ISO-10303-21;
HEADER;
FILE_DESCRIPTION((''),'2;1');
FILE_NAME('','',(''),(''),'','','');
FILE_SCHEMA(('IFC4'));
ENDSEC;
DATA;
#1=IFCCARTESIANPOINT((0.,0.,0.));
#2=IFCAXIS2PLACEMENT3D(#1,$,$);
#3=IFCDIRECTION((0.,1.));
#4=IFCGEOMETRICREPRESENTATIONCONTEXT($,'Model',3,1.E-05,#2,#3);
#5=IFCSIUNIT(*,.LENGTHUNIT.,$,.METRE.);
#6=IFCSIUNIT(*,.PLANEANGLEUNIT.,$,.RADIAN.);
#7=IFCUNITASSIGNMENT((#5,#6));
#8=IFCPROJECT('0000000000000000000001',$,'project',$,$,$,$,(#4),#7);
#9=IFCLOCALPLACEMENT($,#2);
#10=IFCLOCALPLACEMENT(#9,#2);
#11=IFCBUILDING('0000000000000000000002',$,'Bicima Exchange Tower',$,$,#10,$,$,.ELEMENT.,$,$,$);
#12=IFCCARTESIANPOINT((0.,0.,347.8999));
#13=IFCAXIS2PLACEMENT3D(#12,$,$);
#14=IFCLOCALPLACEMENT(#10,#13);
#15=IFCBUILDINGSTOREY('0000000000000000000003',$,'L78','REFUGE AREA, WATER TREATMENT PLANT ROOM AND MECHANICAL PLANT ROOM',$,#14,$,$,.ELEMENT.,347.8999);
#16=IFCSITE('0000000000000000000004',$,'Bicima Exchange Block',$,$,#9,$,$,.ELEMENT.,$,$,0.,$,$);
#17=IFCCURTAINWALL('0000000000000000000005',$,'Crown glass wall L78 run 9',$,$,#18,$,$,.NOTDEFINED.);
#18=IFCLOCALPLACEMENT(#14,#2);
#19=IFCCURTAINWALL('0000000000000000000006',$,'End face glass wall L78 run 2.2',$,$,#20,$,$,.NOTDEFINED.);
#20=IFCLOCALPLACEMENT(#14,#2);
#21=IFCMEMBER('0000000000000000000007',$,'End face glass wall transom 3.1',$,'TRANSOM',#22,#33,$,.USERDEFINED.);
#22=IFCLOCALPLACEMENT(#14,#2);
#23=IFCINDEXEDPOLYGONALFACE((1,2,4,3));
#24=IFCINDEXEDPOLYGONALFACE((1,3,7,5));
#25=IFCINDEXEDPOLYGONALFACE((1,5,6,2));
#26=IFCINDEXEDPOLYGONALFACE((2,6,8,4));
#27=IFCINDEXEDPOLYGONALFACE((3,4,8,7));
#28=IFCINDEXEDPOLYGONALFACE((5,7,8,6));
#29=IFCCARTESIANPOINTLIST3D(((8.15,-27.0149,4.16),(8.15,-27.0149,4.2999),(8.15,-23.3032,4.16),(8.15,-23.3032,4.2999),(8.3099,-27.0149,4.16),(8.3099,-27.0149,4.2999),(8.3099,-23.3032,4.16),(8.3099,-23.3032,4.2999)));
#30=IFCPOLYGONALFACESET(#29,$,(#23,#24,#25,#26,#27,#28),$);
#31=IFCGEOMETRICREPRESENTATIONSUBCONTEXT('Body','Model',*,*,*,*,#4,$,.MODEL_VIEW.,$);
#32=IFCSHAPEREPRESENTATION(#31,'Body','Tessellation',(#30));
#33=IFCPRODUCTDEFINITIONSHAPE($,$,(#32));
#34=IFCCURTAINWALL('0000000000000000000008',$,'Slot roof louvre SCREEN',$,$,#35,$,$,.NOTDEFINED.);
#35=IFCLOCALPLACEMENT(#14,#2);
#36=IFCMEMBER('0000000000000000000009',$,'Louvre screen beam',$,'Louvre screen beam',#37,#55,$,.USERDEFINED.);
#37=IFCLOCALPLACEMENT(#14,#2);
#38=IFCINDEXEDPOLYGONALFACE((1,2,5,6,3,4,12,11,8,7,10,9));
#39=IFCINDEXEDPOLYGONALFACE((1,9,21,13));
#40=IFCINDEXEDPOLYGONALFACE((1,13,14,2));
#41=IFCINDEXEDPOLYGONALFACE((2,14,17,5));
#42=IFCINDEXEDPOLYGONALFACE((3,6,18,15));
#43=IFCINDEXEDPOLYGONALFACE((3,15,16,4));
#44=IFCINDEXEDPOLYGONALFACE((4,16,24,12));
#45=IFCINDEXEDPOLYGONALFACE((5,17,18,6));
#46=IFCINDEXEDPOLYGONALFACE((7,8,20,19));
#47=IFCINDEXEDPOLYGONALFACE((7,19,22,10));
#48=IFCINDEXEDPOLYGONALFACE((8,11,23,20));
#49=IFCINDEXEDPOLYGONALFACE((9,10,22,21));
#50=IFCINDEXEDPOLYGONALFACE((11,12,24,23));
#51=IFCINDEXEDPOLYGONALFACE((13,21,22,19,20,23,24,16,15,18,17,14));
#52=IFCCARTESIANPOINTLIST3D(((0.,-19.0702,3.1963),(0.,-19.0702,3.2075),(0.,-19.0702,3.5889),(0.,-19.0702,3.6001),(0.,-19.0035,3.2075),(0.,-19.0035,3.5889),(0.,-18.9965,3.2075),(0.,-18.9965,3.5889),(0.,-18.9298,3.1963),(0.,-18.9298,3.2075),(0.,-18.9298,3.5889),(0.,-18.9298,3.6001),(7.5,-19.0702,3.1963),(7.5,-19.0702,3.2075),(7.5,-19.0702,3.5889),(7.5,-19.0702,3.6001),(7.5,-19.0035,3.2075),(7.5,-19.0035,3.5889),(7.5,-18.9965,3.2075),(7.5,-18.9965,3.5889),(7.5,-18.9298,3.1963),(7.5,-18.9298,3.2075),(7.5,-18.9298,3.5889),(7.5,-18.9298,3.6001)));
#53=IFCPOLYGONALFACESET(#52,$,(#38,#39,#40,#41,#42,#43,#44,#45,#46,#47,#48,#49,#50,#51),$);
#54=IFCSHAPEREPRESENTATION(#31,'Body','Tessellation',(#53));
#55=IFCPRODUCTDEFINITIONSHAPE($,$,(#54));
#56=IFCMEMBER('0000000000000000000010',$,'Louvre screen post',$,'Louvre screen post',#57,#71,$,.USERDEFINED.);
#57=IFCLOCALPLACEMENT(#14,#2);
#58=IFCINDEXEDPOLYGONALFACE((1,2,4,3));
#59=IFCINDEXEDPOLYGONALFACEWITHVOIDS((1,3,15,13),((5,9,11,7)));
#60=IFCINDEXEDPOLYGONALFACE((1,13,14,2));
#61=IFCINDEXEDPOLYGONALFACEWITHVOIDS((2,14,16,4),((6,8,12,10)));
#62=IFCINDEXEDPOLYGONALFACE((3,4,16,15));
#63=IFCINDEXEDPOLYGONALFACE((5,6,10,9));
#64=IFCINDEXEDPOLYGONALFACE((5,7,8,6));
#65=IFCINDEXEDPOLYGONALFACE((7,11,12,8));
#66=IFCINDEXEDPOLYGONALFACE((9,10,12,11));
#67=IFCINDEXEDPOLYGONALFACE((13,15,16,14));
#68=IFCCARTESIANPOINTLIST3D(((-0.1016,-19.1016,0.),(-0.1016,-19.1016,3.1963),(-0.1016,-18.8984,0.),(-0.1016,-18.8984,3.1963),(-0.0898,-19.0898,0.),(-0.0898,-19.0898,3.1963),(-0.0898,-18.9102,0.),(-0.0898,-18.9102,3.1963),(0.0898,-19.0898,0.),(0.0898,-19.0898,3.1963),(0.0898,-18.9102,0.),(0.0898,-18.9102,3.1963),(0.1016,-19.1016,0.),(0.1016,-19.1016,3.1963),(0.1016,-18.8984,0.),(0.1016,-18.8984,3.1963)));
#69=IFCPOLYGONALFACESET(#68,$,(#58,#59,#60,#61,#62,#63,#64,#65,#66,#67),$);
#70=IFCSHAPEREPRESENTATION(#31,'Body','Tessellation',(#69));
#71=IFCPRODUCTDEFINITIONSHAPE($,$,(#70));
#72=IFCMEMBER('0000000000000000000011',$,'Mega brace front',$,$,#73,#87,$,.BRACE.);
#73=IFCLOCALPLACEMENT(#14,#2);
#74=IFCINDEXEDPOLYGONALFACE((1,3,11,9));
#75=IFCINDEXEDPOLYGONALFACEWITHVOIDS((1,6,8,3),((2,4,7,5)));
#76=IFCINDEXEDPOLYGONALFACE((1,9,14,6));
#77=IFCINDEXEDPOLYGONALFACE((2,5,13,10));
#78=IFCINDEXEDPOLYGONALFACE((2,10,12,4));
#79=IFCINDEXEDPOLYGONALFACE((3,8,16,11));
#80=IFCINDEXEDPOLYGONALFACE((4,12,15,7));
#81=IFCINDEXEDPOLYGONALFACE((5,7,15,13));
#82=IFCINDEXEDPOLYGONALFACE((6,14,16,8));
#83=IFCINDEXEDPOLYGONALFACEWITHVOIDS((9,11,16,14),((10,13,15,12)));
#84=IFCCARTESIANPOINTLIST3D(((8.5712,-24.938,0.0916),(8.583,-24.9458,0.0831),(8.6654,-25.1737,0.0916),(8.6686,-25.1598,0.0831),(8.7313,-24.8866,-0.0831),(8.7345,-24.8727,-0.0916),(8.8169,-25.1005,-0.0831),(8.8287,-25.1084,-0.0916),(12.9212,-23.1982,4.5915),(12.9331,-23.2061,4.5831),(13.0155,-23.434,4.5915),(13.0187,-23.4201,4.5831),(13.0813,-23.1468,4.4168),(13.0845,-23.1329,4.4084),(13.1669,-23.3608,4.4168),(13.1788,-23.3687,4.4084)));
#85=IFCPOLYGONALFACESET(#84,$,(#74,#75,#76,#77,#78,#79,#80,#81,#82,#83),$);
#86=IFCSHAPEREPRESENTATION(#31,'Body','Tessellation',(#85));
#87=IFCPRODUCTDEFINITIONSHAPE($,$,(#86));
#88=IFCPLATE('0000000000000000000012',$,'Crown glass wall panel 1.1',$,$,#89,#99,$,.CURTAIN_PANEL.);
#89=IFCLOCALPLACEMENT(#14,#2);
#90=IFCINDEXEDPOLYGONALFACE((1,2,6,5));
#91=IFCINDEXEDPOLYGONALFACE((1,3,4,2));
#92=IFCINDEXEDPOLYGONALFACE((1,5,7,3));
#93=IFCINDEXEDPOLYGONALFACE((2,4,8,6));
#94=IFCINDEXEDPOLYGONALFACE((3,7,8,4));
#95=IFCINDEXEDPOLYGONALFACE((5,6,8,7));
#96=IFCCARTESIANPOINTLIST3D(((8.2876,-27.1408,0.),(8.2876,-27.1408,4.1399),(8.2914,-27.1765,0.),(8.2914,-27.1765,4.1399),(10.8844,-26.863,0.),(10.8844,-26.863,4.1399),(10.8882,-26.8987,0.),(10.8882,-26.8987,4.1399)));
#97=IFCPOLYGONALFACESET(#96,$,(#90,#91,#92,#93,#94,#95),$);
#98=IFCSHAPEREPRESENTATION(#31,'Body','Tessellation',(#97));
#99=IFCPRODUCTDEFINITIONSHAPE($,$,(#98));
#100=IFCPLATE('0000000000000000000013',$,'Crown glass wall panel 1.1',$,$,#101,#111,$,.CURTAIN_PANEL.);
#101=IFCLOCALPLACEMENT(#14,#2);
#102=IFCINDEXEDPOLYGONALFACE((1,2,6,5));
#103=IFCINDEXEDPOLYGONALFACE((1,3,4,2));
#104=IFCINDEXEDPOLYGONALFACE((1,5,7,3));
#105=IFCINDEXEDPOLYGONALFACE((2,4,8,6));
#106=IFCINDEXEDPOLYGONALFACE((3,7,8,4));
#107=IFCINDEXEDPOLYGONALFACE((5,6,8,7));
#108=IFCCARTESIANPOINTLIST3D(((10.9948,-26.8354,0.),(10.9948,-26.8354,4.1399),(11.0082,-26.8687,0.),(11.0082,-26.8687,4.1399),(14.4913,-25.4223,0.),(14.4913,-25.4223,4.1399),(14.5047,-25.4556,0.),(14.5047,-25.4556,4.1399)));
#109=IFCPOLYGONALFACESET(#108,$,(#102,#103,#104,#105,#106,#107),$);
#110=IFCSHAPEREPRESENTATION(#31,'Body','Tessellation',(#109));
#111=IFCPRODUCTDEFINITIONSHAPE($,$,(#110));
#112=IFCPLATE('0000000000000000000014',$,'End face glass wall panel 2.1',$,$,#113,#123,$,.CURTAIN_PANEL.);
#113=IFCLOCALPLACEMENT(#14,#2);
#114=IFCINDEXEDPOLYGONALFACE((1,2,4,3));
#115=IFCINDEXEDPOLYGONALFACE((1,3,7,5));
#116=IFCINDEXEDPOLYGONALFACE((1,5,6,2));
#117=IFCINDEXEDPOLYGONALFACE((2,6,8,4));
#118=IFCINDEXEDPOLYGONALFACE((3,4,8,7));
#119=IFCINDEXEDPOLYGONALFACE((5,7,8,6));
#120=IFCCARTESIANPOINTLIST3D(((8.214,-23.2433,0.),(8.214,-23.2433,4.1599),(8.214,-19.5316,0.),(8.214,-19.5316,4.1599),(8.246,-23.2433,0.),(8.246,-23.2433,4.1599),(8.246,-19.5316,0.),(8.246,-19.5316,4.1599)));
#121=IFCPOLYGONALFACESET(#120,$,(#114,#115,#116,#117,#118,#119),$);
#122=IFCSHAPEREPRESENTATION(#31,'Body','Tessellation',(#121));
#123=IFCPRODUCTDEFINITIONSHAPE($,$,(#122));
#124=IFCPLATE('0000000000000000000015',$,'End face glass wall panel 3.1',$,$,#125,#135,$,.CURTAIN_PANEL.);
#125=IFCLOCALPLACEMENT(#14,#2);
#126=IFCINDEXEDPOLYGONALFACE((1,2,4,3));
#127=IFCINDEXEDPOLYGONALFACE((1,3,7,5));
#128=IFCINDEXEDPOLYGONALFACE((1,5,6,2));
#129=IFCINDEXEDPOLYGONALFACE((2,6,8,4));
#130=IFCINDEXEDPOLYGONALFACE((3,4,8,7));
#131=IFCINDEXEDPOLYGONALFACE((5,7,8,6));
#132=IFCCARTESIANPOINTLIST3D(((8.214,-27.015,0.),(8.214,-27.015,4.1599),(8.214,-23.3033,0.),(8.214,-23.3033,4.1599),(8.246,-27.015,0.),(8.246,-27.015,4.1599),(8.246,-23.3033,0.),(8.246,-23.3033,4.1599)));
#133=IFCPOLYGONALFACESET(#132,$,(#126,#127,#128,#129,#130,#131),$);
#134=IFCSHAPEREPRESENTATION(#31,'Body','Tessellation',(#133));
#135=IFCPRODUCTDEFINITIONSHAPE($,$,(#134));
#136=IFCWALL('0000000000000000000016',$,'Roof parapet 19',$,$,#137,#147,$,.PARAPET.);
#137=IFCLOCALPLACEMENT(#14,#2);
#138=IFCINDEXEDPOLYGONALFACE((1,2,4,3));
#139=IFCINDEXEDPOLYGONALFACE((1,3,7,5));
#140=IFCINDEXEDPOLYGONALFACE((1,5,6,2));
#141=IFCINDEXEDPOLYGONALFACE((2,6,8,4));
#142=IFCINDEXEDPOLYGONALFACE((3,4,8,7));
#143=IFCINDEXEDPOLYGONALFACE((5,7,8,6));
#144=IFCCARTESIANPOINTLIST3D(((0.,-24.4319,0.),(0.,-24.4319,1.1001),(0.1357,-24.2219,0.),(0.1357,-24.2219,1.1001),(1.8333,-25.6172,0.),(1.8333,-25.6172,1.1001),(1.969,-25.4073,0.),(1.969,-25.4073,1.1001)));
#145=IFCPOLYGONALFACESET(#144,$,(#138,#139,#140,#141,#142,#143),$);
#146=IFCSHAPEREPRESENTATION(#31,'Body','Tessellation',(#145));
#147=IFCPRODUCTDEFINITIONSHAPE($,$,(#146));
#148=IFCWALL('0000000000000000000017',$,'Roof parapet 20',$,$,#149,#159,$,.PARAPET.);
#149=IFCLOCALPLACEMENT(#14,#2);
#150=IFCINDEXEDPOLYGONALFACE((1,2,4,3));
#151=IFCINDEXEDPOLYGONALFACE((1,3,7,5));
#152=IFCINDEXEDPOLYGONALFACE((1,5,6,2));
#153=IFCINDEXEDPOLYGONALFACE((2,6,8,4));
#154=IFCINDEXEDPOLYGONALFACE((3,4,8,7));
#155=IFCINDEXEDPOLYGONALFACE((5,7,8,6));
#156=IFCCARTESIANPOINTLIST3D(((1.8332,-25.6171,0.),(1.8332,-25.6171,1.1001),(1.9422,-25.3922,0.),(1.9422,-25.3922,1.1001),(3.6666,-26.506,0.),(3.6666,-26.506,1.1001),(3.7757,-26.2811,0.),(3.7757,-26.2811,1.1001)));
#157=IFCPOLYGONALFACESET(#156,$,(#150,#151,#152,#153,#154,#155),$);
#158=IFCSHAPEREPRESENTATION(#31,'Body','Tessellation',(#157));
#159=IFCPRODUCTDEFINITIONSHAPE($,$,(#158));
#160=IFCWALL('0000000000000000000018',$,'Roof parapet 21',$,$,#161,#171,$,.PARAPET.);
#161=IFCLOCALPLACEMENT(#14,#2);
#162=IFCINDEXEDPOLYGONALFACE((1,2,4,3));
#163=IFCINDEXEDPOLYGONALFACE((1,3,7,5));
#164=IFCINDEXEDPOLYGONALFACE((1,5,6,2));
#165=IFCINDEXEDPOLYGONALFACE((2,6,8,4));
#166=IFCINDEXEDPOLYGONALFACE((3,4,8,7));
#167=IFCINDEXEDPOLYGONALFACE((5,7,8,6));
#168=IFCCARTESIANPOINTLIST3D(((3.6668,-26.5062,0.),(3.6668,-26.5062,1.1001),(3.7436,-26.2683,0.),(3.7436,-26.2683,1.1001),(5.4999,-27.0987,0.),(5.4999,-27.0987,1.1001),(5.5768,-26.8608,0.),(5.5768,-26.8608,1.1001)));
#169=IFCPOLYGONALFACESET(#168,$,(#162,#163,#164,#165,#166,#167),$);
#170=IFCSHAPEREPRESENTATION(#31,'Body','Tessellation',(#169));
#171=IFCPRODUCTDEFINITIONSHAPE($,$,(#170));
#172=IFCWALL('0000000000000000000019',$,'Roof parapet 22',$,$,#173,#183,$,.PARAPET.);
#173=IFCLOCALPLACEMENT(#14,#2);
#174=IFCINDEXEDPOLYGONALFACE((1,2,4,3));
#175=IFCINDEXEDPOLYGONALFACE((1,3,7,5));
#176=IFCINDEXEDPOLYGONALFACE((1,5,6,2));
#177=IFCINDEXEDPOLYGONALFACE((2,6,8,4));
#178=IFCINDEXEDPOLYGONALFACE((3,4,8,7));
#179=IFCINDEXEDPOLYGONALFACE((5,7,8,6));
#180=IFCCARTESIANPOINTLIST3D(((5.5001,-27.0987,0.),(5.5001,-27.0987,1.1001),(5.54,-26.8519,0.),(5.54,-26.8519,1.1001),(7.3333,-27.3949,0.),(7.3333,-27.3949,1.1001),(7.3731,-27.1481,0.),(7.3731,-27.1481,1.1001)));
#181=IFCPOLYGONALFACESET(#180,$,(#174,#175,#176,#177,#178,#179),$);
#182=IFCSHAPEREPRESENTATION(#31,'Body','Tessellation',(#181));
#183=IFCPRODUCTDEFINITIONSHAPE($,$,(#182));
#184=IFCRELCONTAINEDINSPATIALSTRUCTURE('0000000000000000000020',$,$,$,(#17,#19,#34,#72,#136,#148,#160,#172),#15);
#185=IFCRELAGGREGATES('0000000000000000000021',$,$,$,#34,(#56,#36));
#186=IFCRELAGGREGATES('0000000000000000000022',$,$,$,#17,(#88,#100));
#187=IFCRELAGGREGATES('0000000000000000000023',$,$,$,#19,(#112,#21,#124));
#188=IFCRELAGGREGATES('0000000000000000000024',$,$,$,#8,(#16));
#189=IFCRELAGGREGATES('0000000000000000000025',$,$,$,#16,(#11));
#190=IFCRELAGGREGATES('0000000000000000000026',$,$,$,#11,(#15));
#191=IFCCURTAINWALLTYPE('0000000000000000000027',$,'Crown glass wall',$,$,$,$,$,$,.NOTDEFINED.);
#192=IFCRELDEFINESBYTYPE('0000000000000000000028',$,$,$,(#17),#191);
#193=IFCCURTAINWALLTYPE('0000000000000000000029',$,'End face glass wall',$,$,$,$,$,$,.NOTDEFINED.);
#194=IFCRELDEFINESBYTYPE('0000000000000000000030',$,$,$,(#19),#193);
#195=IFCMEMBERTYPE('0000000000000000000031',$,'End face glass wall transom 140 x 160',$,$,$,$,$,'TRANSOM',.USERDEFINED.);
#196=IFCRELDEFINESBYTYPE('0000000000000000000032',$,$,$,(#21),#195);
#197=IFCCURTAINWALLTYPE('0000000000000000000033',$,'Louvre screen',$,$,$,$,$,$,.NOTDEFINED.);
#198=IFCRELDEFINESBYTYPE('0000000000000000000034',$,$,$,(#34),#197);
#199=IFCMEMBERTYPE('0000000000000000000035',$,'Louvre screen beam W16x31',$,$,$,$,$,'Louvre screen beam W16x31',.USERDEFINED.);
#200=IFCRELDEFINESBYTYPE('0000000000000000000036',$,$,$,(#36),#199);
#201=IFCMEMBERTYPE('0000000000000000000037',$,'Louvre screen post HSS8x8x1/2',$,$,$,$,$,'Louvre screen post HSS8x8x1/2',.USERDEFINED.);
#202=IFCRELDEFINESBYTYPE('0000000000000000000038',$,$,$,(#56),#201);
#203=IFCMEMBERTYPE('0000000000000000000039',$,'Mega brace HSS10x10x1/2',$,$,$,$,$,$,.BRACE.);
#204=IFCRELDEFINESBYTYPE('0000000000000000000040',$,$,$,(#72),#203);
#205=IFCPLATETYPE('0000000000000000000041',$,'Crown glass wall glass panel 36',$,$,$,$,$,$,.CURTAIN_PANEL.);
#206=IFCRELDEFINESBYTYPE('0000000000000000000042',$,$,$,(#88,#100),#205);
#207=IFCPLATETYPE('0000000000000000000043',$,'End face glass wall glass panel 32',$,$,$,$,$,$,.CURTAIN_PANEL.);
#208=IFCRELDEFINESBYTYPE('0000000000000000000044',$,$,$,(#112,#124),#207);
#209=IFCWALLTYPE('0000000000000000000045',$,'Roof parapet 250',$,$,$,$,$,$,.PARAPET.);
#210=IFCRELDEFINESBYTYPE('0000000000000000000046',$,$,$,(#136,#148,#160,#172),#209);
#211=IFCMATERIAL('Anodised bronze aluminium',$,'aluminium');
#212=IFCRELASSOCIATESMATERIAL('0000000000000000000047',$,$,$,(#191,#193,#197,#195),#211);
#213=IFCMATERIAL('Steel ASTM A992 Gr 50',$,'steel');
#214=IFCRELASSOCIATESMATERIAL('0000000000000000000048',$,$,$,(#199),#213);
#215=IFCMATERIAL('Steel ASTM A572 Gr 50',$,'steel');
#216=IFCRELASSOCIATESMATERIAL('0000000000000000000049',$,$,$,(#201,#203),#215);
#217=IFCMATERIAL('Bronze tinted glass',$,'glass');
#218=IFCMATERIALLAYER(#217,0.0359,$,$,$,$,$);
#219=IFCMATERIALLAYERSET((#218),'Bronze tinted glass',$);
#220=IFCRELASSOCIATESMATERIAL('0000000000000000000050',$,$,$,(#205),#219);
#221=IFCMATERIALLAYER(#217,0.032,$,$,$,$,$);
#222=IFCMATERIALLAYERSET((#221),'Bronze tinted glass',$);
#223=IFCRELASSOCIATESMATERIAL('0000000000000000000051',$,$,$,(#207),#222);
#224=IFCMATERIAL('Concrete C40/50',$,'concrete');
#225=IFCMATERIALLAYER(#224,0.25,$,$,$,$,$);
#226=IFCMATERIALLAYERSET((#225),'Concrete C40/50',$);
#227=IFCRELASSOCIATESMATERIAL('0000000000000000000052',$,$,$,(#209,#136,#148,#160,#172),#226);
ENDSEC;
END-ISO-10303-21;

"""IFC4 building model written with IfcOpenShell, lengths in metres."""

from ifc_helpers import new_model, si_unit, direction, frame, frame_2d, origin, origin_2d, place, context, subcontext, project, spatial, rectangle, hollow_rectangle, i_section, extrude, material, layer, layer_set, layer_usage, material_profile, profile_set, type_object, element, aggregate, save


model = new_model("IFC4")

# Units and contexts
model_context = context("Model", 3, precision=1e-05, world=origin(), true_north=direction((0.0, 1.0)))
body_context = subcontext(model_context, "Body", "Model", "MODEL_VIEW")
ifc_project = project(units=[si_unit("LENGTHUNIT", "METRE"), si_unit("PLANEANGLEUNIT", "RADIAN")], contexts=[model_context])

# Site, building, storey
site_placement = place(None, origin())
site = spatial("IfcSite", under=ifc_project, at=site_placement, Name="Bicima Exchange Block", CompositionType="ELEMENT", RefElevation=0.0)
building_placement = place(site_placement, origin())
building = spatial("IfcBuilding", under=site, at=building_placement, Name="Bicima Exchange Tower", CompositionType="ELEMENT")
storey_placement = place(building_placement, frame((0.0, 0.0, 347.8999)))
storey = spatial("IfcBuildingStorey", under=building, at=storey_placement, Name="L78", Description="REFUGE AREA, WATER TREATMENT PLANT ROOM AND MECHANICAL PLANT ROOM", CompositionType="ELEMENT", Elevation=347.8999)

# Shared definitions
ifc_material_1 = material(Name="Steel ASTM A992 Gr 50", Category="steel")

# Curtain walls, members
ifc_material_2 = material(Name="Anodised bronze aluminium", Category="aluminium")
curtain_wall_type_1 = type_object("IfcCurtainWallType", Name="Crown glass wall", PredefinedType="NOTDEFINED", material=ifc_material_2)
curtain_wall_1_placement = place(storey_placement, origin())
curtain_wall_1 = element("IfcCurtainWall", 1, at=curtain_wall_1_placement, inside=storey, type_object=curtain_wall_type_1, Name="Crown glass wall L78 run 9", PredefinedType="NOTDEFINED")
curtain_wall_type_2 = type_object("IfcCurtainWallType", Name="End face glass wall", PredefinedType="NOTDEFINED", material=ifc_material_2)
curtain_wall_2_placement = place(storey_placement, origin())
curtain_wall_2 = element("IfcCurtainWall", 2, at=curtain_wall_2_placement, inside=storey, type_object=curtain_wall_type_2, Name="End face glass wall L78 run 2.2", PredefinedType="NOTDEFINED")
ifc_material_profile_1 = material_profile(ifc_material_2, rectangle(XDim=0.1599, YDim=0.1399, at=origin_2d()))
ifc_profile_set_1 = profile_set([ifc_material_profile_1], Name="Anodised bronze aluminium")
member_type_1 = type_object("IfcMemberType", Name="End face glass wall transom 140 x 160", ElementType="TRANSOM", PredefinedType="USERDEFINED", material=ifc_profile_set_1)
member_1_placement = place(storey_placement, frame((8.23, -23.3032, 4.23), z_axis=(0.0, -1.0, 0.0), x_axis=(1.0, 0.0, 0.0)))
member_1 = element("IfcMember", 3, at=member_1_placement, type_object=member_type_1, Name="End face glass wall transom 3.1", ObjectType="TRANSOM", PredefinedType="USERDEFINED", context=body_context, shape_type="SweptSolid", body=[
    extrude(rectangle(XDim=0.1599, YDim=0.1399, at=origin_2d()), origin(), (0.0, 0.0, 1.0), 3.7117),
])
curtain_wall_type_3 = type_object("IfcCurtainWallType", Name="Louvre screen", PredefinedType="NOTDEFINED", material=ifc_material_2)
curtain_wall_3_placement = place(storey_placement, origin())
curtain_wall_3 = element("IfcCurtainWall", 4, at=curtain_wall_3_placement, inside=storey, type_object=curtain_wall_type_3, Name="Slot roof louvre SCREEN", PredefinedType="NOTDEFINED")
ifc_material_profile_2 = material_profile(ifc_material_1, i_section(OverallWidth=0.1404, OverallDepth=0.4038, WebThickness=0.0071, FlangeThickness=0.0112, at=origin_2d()))
ifc_profile_set_2 = profile_set([ifc_material_profile_2], Name="Steel ASTM A992 Gr 50")
member_type_2 = type_object("IfcMemberType", Name="Louvre screen beam W16x31", ElementType="Louvre screen beam W16x31", PredefinedType="USERDEFINED", material=ifc_profile_set_2)
member_2_placement = place(storey_placement, frame((0.0, -19.0, 3.3982), z_axis=(1.0, 0.0, 0.0), x_axis=(0.0, 1.0, 0.0)))
member_2 = element("IfcMember", 5, at=member_2_placement, type_object=member_type_2, Name="Louvre screen beam", ObjectType="Louvre screen beam", PredefinedType="USERDEFINED", context=body_context, shape_type="SweptSolid", body=[
    extrude(i_section(OverallWidth=0.1404, OverallDepth=0.4038, WebThickness=0.0071, FlangeThickness=0.0112, at=origin_2d()), origin(), (0.0, 0.0, 1.0), 7.5),
])
ifc_material_3 = material(Name="Steel ASTM A572 Gr 50", Category="steel")
ifc_material_profile_3 = material_profile(ifc_material_3, hollow_rectangle(XDim=0.2031, YDim=0.2031, WallThickness=0.0117, at=origin_2d()))
ifc_profile_set_3 = profile_set([ifc_material_profile_3], Name="Steel ASTM A572 Gr 50")
member_type_3 = type_object("IfcMemberType", Name="Louvre screen post HSS8x8x1/2", ElementType="Louvre screen post HSS8x8x1/2", PredefinedType="USERDEFINED", material=ifc_profile_set_3)
member_3_placement = place(storey_placement, frame((0.0, -19.0, 0.0), z_axis=(0.0, 0.0, 1.0), x_axis=(1.0, 0.0, 0.0)))
member_3 = element("IfcMember", 6, at=member_3_placement, type_object=member_type_3, Name="Louvre screen post", ObjectType="Louvre screen post", PredefinedType="USERDEFINED", context=body_context, shape_type="SweptSolid", body=[
    extrude(hollow_rectangle(XDim=0.2031, YDim=0.2031, WallThickness=0.0117, at=origin_2d()), origin(), (0.0, 0.0, 1.0), 3.1963),
])
aggregate(curtain_wall_3, [member_3, member_2])

# Member
ifc_material_profile_4 = material_profile(ifc_material_3, hollow_rectangle(XDim=0.2539, YDim=0.2539, WallThickness=0.0117, at=origin_2d()))
ifc_profile_set_4 = profile_set([ifc_material_profile_4], Name="Steel ASTM A572 Gr 50")
member_type_4 = type_object("IfcMemberType", Name="Mega brace HSS10x10x1/2", PredefinedType="BRACE", material=ifc_profile_set_4)
member_4_placement = place(storey_placement, frame((8.7, -25.0232, 0.0), z_axis=(0.669642, 0.267812, 0.692717), x_axis=(-0.371337, 0.928498, 0.0)))
element("IfcMember", 7, at=member_4_placement, inside=storey, type_object=member_type_4, Name="Mega brace front", PredefinedType="BRACE", context=body_context, shape_type="SweptSolid", body=[
    extrude(hollow_rectangle(XDim=0.2539, YDim=0.2539, WallThickness=0.0117, at=origin_2d()), origin(), (0.0, 0.0, 1.0), 6.4961),
])

# Plates
ifc_material_4 = material(Name="Bronze tinted glass", Category="glass")
ifc_layer_1 = layer(ifc_material_4, 0.0359)
ifc_layer_set_1 = layer_set([ifc_layer_1], Name="Bronze tinted glass")
plate_type_1 = type_object("IfcPlateType", Name="Crown glass wall glass panel 36", PredefinedType="CURTAIN_PANEL", material=ifc_layer_set_1)
plate_1_placement = place(storey_placement, frame((9.5879, -27.0198, 0.0), z_axis=(0.0, 0.0, 1.0), x_axis=(0.994326, 0.106372, 0.0)))
plate_1 = element("IfcPlate", 8, at=plate_1_placement, type_object=plate_type_1, Name="Crown glass wall panel 1.1", PredefinedType="CURTAIN_PANEL", context=body_context, shape_type="SweptSolid", body=[
    extrude(rectangle(XDim=2.6116, YDim=0.0359, at=origin_2d()), origin(), (0.0, 0.0, 1.0), 4.1399),
])
plate_2_placement = place(storey_placement, frame((12.7498, -26.1455, 0.0), z_axis=(0.0, 0.0, 1.0), x_axis=(0.927144, 0.374705, 0.0)))
plate_2 = element("IfcPlate", 9, at=plate_2_placement, type_object=plate_type_1, Name="Crown glass wall panel 1.1", PredefinedType="CURTAIN_PANEL", context=body_context, shape_type="SweptSolid", body=[
    extrude(rectangle(XDim=3.7712, YDim=0.0359, at=origin_2d()), origin(), (0.0, 0.0, 1.0), 4.1399),
])
aggregate(curtain_wall_1, [plate_1, plate_2])
ifc_layer_2 = layer(ifc_material_4, 0.032)
ifc_layer_set_2 = layer_set([ifc_layer_2], Name="Bronze tinted glass")
plate_type_2 = type_object("IfcPlateType", Name="End face glass wall glass panel 32", PredefinedType="CURTAIN_PANEL", material=ifc_layer_set_2)
plate_3_placement = place(storey_placement, frame((8.23, -21.3875, 0.0), z_axis=(0.0, 0.0, 1.0), x_axis=(0.0, -1.0, 0.0)))
plate_3 = element("IfcPlate", 10, at=plate_3_placement, type_object=plate_type_2, Name="End face glass wall panel 2.1", PredefinedType="CURTAIN_PANEL", context=body_context, shape_type="SweptSolid", body=[
    extrude(rectangle(XDim=3.7117, YDim=0.032, at=origin_2d()), origin(), (0.0, 0.0, 1.0), 4.1599),
])
plate_4_placement = place(storey_placement, frame((8.23, -25.1592, 0.0), z_axis=(0.0, 0.0, 1.0), x_axis=(0.0, -1.0, 0.0)))
plate_4 = element("IfcPlate", 11, at=plate_4_placement, type_object=plate_type_2, Name="End face glass wall panel 3.1", PredefinedType="CURTAIN_PANEL", context=body_context, shape_type="SweptSolid", body=[
    extrude(rectangle(XDim=3.7117, YDim=0.032, at=origin_2d()), origin(), (0.0, 0.0, 1.0), 4.1599),
])
aggregate(curtain_wall_2, [plate_3, member_1, plate_4])

# Walls
ifc_material_5 = material(Name="Concrete C40/50", Category="concrete")
ifc_layer_3 = layer(ifc_material_5, 0.25)
ifc_layer_set_3 = layer_set([ifc_layer_3], Name="Concrete C40/50")
ifc_layer_usage = layer_usage(ifc_layer_set_3, "AXIS2", "POSITIVE", -0.125)
wall_type = type_object("IfcWallType", Name="Roof parapet 250", PredefinedType="PARAPET", material=ifc_layer_set_3)
wall_1_placement = place(storey_placement, frame((0.0679, -24.3269, 0.0), z_axis=(0.0, 0.0, 1.0), x_axis=(0.839762, -0.542954, 0.0)))
element("IfcWall", 12, at=wall_1_placement, inside=storey, type_object=wall_type, material=ifc_layer_usage, Name="Roof parapet 19", PredefinedType="PARAPET", context=body_context, shape_type="SweptSolid", body=[
    extrude(rectangle(XDim=2.1831, YDim=0.25, at=frame_2d((1.0916, 0.0))), origin(), (0.0, 0.0, 1.0), 1.1001),
])
wall_2_placement = place(storey_placement, frame((1.8877, -25.5046, 0.0), z_axis=(0.0, 0.0, 1.0), x_axis=(0.899824, -0.436253, 0.0)))
element("IfcWall", 13, at=wall_2_placement, inside=storey, type_object=wall_type, material=ifc_layer_usage, Name="Roof parapet 20", PredefinedType="PARAPET", context=body_context, shape_type="SweptSolid", body=[
    extrude(rectangle(XDim=2.0376, YDim=0.25, at=frame_2d((1.0188, 0.0))), origin(), (0.0, 0.0, 1.0), 1.1001),
])
wall_3_placement = place(storey_placement, frame((3.7051, -26.3872, 0.0), z_axis=(0.0, 0.0, 1.0), x_axis=(0.951533, -0.307547, 0.0)))
element("IfcWall", 14, at=wall_3_placement, inside=storey, type_object=wall_type, material=ifc_layer_usage, Name="Roof parapet 21", PredefinedType="PARAPET", context=body_context, shape_type="SweptSolid", body=[
    extrude(rectangle(XDim=1.9265, YDim=0.25, at=frame_2d((0.9634, 0.0))), origin(), (0.0, 0.0, 1.0), 1.1001),
])
wall_4_placement = place(storey_placement, frame((5.52, -26.9753, 0.0), z_axis=(0.0, 0.0, 1.0), x_axis=(0.987202, -0.159472, 0.0)))
element("IfcWall", 15, at=wall_4_placement, inside=storey, type_object=wall_type, material=ifc_layer_usage, Name="Roof parapet 22", PredefinedType="PARAPET", context=body_context, shape_type="SweptSolid", body=[
    extrude(rectangle(XDim=1.8569, YDim=0.25, at=frame_2d((0.9285, 0.0))), origin(), (0.0, 0.0, 1.0), 1.1001),
])

save(model, "model.ifc")
